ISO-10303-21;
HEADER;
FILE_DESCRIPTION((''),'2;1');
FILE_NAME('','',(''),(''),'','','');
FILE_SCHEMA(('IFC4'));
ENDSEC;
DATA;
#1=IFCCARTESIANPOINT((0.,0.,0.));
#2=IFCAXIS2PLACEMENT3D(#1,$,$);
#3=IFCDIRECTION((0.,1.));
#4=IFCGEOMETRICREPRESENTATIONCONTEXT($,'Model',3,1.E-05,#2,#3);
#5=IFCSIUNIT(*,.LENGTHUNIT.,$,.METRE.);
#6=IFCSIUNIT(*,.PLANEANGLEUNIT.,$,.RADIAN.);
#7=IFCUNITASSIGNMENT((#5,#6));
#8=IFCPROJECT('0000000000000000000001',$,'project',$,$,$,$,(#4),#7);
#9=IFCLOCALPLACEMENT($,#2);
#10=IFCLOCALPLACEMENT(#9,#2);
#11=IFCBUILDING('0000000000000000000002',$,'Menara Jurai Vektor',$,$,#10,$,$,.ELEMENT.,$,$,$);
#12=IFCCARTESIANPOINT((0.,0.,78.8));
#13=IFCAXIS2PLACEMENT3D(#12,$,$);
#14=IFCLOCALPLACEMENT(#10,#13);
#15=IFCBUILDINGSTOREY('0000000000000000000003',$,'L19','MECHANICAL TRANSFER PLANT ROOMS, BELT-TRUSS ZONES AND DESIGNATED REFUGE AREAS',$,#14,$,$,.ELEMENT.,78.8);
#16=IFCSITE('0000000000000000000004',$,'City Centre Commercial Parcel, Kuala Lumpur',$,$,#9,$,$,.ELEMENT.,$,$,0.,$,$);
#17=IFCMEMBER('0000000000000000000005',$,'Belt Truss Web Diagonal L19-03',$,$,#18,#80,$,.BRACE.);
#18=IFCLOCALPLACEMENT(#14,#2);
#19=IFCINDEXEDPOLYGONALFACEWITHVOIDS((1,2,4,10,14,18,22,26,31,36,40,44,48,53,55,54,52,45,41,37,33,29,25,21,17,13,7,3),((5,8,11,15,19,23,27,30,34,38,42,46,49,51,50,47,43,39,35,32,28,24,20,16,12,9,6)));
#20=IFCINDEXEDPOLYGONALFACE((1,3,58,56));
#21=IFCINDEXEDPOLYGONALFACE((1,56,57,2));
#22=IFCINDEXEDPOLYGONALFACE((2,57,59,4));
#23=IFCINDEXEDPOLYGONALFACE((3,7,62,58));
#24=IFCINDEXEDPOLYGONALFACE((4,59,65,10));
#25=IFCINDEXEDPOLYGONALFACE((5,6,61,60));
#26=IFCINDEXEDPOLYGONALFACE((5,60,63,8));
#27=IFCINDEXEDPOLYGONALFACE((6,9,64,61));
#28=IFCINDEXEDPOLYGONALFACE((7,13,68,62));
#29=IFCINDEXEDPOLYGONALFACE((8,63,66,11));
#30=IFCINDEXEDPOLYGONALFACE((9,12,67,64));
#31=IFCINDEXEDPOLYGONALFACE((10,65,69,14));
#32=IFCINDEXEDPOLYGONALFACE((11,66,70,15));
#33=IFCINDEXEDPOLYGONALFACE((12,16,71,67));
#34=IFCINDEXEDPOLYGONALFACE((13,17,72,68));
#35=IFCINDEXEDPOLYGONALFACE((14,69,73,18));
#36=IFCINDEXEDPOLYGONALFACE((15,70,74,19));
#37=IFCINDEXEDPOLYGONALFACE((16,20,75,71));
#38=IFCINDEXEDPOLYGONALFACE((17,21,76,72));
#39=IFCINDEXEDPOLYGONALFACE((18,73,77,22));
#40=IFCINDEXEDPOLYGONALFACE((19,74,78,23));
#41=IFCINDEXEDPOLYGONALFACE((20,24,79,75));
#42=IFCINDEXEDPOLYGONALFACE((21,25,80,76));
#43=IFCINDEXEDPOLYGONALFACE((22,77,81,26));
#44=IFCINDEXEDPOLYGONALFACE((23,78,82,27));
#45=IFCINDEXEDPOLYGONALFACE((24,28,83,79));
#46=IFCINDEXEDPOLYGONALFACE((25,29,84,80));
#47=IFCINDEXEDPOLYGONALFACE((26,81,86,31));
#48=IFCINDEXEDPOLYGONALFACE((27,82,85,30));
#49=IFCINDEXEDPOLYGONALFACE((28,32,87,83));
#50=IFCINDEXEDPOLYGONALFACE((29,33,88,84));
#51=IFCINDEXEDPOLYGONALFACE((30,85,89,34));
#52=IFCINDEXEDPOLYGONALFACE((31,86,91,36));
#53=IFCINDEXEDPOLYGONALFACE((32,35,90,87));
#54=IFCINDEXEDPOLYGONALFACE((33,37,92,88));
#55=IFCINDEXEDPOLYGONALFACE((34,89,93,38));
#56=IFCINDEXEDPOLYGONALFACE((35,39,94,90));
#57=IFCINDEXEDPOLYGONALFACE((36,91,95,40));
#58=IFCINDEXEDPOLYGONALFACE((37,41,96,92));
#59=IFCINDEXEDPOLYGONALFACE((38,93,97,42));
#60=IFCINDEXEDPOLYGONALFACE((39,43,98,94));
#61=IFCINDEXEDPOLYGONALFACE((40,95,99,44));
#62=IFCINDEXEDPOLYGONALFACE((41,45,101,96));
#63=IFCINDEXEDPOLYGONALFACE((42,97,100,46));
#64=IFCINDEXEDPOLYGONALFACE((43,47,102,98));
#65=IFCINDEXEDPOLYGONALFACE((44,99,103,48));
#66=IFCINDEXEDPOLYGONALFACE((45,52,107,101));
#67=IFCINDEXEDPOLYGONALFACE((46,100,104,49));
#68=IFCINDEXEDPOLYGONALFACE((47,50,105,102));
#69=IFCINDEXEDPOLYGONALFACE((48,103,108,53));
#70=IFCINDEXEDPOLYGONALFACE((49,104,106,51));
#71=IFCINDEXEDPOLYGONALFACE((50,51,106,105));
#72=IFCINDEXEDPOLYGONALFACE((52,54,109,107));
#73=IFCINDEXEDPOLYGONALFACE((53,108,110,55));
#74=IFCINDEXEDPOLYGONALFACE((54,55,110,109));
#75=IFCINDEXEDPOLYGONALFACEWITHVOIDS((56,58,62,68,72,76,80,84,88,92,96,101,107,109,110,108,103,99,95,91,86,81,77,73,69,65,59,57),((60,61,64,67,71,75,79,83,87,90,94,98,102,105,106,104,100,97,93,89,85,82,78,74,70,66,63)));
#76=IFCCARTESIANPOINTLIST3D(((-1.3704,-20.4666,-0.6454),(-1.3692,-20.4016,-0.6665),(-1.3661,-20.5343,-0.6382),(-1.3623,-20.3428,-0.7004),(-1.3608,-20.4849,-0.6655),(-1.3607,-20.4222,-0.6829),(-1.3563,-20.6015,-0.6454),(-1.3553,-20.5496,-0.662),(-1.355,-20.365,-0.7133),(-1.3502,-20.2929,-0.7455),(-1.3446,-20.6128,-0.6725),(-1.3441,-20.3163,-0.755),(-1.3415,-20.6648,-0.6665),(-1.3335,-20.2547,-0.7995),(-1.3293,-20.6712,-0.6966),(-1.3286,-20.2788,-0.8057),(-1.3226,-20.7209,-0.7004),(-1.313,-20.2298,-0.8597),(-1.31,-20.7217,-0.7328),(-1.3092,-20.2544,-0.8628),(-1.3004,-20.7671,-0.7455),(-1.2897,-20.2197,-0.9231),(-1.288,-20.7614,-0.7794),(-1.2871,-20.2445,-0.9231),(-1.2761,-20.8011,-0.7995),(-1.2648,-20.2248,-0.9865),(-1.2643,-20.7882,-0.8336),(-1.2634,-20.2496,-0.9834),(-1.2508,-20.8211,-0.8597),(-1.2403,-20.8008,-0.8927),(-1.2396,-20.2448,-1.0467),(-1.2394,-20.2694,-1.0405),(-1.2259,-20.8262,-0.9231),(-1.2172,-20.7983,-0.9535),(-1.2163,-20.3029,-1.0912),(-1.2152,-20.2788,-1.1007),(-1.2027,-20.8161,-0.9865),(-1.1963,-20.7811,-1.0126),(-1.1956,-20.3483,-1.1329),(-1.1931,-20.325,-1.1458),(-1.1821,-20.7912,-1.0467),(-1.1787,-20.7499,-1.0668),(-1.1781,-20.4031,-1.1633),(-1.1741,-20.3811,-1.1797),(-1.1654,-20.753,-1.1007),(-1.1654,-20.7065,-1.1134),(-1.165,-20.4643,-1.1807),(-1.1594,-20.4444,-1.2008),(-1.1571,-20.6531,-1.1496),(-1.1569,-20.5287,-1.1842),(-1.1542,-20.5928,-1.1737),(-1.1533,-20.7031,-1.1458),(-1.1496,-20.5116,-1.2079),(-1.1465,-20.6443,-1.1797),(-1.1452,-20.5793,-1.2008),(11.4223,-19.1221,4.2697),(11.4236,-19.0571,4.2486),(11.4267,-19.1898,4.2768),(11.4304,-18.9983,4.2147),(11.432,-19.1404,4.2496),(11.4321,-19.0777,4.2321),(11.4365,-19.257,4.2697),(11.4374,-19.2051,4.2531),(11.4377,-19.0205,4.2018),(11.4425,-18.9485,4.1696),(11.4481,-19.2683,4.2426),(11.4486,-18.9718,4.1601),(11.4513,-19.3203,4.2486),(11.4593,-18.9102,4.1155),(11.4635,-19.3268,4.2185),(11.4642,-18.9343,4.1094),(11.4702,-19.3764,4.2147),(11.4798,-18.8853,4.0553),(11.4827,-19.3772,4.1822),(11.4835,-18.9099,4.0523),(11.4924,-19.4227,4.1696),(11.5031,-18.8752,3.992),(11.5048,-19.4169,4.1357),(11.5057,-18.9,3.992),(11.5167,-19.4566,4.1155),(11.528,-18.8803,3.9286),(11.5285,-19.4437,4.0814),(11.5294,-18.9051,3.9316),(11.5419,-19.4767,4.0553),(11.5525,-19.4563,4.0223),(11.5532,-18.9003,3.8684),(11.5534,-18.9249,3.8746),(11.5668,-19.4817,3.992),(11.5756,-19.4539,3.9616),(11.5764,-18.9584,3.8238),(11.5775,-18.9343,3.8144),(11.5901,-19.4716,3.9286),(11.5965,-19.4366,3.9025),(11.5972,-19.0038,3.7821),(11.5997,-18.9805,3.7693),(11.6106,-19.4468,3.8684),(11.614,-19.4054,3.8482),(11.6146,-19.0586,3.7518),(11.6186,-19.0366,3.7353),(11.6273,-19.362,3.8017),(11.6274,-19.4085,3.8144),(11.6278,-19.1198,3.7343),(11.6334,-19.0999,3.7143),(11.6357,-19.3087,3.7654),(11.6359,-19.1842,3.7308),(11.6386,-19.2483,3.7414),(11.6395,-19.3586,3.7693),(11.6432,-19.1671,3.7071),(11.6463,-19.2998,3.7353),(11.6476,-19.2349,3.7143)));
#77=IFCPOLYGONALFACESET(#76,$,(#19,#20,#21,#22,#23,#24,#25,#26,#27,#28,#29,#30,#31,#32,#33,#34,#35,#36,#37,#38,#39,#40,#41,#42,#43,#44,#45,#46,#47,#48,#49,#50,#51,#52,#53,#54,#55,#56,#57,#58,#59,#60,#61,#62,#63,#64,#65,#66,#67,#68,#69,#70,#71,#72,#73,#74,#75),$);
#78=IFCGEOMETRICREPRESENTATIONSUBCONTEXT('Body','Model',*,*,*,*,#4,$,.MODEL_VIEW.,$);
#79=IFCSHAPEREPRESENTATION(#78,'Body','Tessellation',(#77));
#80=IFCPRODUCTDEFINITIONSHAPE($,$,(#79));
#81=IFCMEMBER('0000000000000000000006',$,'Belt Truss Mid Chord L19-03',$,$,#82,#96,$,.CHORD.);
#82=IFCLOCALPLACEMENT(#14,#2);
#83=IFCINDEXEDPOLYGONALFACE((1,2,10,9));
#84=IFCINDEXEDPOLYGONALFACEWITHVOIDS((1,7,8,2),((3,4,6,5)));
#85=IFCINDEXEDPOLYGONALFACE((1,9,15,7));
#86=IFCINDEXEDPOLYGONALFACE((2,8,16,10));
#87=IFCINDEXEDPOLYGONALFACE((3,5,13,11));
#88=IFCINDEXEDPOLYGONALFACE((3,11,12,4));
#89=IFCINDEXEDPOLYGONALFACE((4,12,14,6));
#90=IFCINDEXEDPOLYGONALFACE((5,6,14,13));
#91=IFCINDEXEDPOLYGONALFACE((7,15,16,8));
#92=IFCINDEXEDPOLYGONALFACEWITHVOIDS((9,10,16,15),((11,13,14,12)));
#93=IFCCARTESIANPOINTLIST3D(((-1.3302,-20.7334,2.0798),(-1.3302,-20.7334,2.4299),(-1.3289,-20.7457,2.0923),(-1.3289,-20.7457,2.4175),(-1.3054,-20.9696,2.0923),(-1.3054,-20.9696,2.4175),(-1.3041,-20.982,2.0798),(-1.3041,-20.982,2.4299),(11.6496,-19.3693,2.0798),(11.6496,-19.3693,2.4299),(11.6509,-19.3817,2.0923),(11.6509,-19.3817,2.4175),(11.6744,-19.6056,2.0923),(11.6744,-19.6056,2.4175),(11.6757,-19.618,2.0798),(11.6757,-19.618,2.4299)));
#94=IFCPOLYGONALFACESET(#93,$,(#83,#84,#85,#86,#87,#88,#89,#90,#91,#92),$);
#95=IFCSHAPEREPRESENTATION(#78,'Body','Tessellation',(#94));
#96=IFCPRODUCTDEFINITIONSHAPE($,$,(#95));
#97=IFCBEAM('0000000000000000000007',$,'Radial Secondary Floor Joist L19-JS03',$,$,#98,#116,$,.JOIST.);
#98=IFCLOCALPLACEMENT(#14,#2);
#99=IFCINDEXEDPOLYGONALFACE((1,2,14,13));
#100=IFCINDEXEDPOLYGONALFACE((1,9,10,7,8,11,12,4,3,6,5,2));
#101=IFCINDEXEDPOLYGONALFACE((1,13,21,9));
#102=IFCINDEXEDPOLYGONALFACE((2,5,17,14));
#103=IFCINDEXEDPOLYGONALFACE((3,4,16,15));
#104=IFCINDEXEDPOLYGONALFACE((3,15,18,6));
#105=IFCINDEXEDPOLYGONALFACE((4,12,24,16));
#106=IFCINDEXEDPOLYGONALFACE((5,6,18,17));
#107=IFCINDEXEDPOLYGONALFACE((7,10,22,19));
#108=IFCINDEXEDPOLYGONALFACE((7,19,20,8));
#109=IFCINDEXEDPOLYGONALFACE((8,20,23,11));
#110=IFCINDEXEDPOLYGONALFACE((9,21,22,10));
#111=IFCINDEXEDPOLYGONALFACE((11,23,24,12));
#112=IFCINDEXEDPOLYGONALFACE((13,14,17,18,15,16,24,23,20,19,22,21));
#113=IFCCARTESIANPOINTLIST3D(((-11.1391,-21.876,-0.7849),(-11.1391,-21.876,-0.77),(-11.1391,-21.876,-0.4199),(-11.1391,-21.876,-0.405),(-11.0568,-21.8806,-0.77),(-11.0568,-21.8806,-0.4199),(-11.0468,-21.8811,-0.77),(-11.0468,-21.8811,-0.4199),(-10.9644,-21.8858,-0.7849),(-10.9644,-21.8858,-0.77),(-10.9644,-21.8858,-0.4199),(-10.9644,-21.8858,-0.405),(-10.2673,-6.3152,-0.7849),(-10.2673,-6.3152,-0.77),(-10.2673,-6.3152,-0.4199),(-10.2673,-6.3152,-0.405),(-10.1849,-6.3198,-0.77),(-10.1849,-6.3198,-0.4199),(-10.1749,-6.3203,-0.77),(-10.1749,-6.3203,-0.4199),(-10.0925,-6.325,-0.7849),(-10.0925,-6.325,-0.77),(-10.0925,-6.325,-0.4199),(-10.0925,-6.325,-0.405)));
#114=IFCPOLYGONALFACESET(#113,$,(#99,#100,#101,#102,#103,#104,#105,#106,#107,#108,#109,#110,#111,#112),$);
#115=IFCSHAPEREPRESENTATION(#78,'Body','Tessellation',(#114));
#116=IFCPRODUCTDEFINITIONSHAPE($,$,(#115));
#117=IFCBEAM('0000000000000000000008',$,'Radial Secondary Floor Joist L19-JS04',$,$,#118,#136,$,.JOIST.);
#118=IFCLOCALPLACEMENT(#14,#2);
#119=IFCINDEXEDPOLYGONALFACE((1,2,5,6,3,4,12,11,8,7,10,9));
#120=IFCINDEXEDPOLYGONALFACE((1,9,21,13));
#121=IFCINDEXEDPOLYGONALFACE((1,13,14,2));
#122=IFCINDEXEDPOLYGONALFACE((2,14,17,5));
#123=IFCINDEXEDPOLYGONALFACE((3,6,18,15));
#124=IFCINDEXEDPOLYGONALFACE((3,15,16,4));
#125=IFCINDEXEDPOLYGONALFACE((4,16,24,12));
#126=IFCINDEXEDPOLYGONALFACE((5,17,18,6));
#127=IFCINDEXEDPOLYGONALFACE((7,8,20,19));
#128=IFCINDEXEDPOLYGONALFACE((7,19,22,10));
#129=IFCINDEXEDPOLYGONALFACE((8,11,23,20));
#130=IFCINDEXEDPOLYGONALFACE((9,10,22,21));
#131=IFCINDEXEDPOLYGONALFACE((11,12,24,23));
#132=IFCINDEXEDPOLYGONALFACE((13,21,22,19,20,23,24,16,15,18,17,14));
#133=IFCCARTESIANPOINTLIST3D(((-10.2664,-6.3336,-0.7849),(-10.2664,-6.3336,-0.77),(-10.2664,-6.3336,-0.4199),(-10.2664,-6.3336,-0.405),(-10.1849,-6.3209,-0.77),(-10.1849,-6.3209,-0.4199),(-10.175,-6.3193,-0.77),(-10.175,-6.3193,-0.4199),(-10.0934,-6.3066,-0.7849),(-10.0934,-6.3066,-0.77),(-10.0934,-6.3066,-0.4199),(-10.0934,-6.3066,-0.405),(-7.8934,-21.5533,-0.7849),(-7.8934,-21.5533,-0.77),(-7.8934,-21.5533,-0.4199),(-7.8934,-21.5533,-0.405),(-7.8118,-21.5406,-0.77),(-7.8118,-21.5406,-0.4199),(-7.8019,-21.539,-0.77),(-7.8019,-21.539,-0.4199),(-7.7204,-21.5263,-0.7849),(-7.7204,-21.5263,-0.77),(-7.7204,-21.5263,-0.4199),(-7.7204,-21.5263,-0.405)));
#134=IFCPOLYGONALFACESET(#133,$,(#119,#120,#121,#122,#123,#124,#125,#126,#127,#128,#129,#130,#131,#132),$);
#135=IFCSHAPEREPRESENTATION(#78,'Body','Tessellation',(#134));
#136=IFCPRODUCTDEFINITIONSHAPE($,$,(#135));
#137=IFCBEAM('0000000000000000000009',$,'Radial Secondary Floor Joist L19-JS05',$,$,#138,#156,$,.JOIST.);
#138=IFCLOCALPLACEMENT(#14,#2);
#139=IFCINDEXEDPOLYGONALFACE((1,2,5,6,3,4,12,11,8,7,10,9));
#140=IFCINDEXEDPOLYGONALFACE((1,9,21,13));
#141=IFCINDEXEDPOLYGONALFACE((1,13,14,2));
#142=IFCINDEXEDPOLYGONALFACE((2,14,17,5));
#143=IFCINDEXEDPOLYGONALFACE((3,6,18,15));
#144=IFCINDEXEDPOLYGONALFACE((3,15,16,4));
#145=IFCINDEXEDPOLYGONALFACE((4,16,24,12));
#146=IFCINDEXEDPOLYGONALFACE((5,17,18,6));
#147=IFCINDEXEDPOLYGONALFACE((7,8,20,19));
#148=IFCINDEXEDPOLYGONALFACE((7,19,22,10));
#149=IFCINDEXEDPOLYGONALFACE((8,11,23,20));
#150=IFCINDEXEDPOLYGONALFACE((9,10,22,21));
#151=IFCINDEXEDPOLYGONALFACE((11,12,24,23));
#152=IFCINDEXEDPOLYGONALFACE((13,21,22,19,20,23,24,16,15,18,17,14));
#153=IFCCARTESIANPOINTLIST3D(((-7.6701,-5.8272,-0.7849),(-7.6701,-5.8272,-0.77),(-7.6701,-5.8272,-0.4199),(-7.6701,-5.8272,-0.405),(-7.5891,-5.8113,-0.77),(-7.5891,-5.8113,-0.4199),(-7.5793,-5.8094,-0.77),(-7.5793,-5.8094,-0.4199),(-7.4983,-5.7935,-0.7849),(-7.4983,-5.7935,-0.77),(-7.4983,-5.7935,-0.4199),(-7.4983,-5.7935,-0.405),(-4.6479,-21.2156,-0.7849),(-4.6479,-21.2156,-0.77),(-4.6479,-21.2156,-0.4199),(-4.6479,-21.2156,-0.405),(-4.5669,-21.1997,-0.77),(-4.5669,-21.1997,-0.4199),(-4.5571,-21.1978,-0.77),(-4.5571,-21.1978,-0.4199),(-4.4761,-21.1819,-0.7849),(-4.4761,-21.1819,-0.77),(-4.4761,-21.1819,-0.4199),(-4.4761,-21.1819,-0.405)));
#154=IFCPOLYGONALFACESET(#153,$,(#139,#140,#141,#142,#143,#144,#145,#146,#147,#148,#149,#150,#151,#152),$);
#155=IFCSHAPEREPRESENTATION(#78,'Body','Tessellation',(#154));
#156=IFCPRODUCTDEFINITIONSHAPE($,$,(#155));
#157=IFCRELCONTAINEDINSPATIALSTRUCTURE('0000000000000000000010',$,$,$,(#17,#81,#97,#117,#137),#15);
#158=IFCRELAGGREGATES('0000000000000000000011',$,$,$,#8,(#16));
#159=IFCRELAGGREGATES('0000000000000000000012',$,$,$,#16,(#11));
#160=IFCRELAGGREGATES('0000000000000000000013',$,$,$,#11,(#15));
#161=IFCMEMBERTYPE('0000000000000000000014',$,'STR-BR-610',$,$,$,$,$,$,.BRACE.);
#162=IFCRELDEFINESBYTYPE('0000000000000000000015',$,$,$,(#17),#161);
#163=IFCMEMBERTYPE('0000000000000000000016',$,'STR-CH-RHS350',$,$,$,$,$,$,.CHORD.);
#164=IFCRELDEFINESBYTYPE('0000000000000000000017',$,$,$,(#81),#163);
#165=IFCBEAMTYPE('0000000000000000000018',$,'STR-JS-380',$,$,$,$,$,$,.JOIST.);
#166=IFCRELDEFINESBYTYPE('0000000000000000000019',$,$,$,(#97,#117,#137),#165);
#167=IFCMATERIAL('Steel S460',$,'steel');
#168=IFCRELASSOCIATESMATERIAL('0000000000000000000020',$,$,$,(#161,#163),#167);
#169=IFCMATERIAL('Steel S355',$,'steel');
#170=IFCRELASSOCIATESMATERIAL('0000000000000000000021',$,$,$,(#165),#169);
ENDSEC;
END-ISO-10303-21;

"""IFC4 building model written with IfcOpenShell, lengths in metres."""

from ifc_helpers import new_model, si_unit, direction, frame, origin, origin_2d, place, context, subcontext, project, spatial, hollow_rectangle, hollow_circle, i_section, extrude, material, material_profile, profile_set, type_object, element, save


model = new_model("IFC4")

# Units and contexts
model_context = context("Model", 3, precision=1e-05, world=origin(), true_north=direction((0.0, 1.0)))
body_context = subcontext(model_context, "Body", "Model", "MODEL_VIEW")
ifc_project = project(units=[si_unit("LENGTHUNIT", "METRE"), si_unit("PLANEANGLEUNIT", "RADIAN")], contexts=[model_context])

# Site, building, storey
site_placement = place(None, origin())
site = spatial("IfcSite", under=ifc_project, at=site_placement, Name="City Centre Commercial Parcel, Kuala Lumpur", CompositionType="ELEMENT", RefElevation=0.0)
building_placement = place(site_placement, origin())
building = spatial("IfcBuilding", under=site, at=building_placement, Name="Menara Jurai Vektor", CompositionType="ELEMENT")
storey_placement = place(building_placement, frame((0.0, 0.0, 78.8)))
storey = spatial("IfcBuildingStorey", under=building, at=storey_placement, Name="L19", Description="MECHANICAL TRANSFER PLANT ROOMS, BELT-TRUSS ZONES AND DESIGNATED REFUGE AREAS", CompositionType="ELEMENT", Elevation=78.8)

# Shared definitions
ifc_material_1 = material(Name="Steel S460", Category="steel")

# Shared definitions
ifc_material_2 = material(Name="Steel S355", Category="steel")

# Members
ifc_material_profile_1 = material_profile(ifc_material_1, hollow_circle(Radius=0.3049, WallThickness=0.0249, at=origin_2d()), Name="CHS 610x25")
ifc_profile_set_1 = profile_set([ifc_material_profile_1], Name="Steel S460")
member_type_1 = type_object("IfcMemberType", Name="STR-BR-610", PredefinedType="BRACE", material=ifc_profile_set_1)
member_1_placement = place(storey_placement, frame((-1.2578, -20.5229, -0.9231), z_axis=(0.929014, 0.097637, 0.356932), x_axis=(-0.104522, 0.994523, 0.0)))
element("IfcMember", 1, at=member_1_placement, inside=storey, type_object=member_type_1, Name="Belt Truss Web Diagonal L19-03", PredefinedType="BRACE", context=body_context, shape_type="SweptSolid", body=[
    extrude(hollow_circle(Radius=0.3049, WallThickness=0.0249, at=origin_2d()), origin(), (0.0, 0.0, 1.0), 13.7703),
])
ifc_material_profile_2 = material_profile(ifc_material_1, hollow_rectangle(XDim=0.25, YDim=0.3501, WallThickness=0.0125, at=origin_2d()), Name="RHS 350x250x12.5")
ifc_profile_set_2 = profile_set([ifc_material_profile_2], Name="Steel S460")
member_type_2 = type_object("IfcMemberType", Name="STR-CH-RHS350", PredefinedType="CHORD", material=ifc_profile_set_2)
member_2_placement = place(storey_placement, frame((-1.3171, -20.8577, 2.2549), z_axis=(0.994524, 0.104512, 0.0), x_axis=(-0.104512, 0.994524, 0.0)))
element("IfcMember", 2, at=member_2_placement, inside=storey, type_object=member_type_2, Name="Belt Truss Mid Chord L19-03", PredefinedType="CHORD", context=body_context, shape_type="SweptSolid", body=[
    extrude(hollow_rectangle(XDim=0.25, YDim=0.3501, WallThickness=0.0125, at=origin_2d()), origin(), (0.0, 0.0, 1.0), 13.0513),
])

# Beams
ifc_material_profile_3 = material_profile(ifc_material_2, i_section(OverallWidth=0.175, OverallDepth=0.3799, WebThickness=0.01, FlangeThickness=0.0149, at=origin_2d()), Name="PG 380x175x58")
ifc_profile_set_3 = profile_set([ifc_material_profile_3], Name="Steel S355")
beam_type_1 = type_object("IfcBeamType", Name="STR-JS-380", PredefinedType="JOIST", material=ifc_profile_set_3)
beam_1_placement = place(storey_placement, frame((-11.0518, -21.8809, -0.595), z_axis=(0.055939, 0.998434, 0.0), x_axis=(-0.998434, 0.055939, 0.0)))
element("IfcBeam", 3, at=beam_1_placement, inside=storey, type_object=beam_type_1, Name="Radial Secondary Floor Joist L19-JS03", PredefinedType="JOIST", context=body_context, shape_type="SweptSolid", body=[
    extrude(i_section(OverallWidth=0.175, OverallDepth=0.3799, WebThickness=0.01, FlangeThickness=0.0149, at=origin_2d()), origin(), (0.0, 0.0, 1.0), 15.5852),
])
beam_2_placement = place(storey_placement, frame((-7.8069, -21.5398, -0.595), z_axis=(-0.154058, 0.988062, 0.0), x_axis=(-0.988062, -0.154058, 0.0)))
element("IfcBeam", 4, at=beam_2_placement, inside=storey, type_object=beam_type_1, Name="Radial Secondary Floor Joist L19-JS04", PredefinedType="JOIST", context=body_context, shape_type="SweptSolid", body=[
    extrude(i_section(OverallWidth=0.175, OverallDepth=0.3799, WebThickness=0.01, FlangeThickness=0.0149, at=origin_2d()), origin(), (0.0, 0.0, 1.0), 15.4036),
])
beam_3_placement = place(storey_placement, frame((-4.562, -21.1987, -0.595), z_axis=(-0.192714, 0.981255, 0.0), x_axis=(-0.981255, -0.192714, 0.0)))
element("IfcBeam", 5, at=beam_3_placement, inside=storey, type_object=beam_type_1, Name="Radial Secondary Floor Joist L19-JS05", PredefinedType="JOIST", context=body_context, shape_type="SweptSolid", body=[
    extrude(i_section(OverallWidth=0.175, OverallDepth=0.3799, WebThickness=0.01, FlangeThickness=0.0149, at=origin_2d()), origin(), (0.0, 0.0, 1.0), 15.6824),
])

save(model, "model.ifc")
